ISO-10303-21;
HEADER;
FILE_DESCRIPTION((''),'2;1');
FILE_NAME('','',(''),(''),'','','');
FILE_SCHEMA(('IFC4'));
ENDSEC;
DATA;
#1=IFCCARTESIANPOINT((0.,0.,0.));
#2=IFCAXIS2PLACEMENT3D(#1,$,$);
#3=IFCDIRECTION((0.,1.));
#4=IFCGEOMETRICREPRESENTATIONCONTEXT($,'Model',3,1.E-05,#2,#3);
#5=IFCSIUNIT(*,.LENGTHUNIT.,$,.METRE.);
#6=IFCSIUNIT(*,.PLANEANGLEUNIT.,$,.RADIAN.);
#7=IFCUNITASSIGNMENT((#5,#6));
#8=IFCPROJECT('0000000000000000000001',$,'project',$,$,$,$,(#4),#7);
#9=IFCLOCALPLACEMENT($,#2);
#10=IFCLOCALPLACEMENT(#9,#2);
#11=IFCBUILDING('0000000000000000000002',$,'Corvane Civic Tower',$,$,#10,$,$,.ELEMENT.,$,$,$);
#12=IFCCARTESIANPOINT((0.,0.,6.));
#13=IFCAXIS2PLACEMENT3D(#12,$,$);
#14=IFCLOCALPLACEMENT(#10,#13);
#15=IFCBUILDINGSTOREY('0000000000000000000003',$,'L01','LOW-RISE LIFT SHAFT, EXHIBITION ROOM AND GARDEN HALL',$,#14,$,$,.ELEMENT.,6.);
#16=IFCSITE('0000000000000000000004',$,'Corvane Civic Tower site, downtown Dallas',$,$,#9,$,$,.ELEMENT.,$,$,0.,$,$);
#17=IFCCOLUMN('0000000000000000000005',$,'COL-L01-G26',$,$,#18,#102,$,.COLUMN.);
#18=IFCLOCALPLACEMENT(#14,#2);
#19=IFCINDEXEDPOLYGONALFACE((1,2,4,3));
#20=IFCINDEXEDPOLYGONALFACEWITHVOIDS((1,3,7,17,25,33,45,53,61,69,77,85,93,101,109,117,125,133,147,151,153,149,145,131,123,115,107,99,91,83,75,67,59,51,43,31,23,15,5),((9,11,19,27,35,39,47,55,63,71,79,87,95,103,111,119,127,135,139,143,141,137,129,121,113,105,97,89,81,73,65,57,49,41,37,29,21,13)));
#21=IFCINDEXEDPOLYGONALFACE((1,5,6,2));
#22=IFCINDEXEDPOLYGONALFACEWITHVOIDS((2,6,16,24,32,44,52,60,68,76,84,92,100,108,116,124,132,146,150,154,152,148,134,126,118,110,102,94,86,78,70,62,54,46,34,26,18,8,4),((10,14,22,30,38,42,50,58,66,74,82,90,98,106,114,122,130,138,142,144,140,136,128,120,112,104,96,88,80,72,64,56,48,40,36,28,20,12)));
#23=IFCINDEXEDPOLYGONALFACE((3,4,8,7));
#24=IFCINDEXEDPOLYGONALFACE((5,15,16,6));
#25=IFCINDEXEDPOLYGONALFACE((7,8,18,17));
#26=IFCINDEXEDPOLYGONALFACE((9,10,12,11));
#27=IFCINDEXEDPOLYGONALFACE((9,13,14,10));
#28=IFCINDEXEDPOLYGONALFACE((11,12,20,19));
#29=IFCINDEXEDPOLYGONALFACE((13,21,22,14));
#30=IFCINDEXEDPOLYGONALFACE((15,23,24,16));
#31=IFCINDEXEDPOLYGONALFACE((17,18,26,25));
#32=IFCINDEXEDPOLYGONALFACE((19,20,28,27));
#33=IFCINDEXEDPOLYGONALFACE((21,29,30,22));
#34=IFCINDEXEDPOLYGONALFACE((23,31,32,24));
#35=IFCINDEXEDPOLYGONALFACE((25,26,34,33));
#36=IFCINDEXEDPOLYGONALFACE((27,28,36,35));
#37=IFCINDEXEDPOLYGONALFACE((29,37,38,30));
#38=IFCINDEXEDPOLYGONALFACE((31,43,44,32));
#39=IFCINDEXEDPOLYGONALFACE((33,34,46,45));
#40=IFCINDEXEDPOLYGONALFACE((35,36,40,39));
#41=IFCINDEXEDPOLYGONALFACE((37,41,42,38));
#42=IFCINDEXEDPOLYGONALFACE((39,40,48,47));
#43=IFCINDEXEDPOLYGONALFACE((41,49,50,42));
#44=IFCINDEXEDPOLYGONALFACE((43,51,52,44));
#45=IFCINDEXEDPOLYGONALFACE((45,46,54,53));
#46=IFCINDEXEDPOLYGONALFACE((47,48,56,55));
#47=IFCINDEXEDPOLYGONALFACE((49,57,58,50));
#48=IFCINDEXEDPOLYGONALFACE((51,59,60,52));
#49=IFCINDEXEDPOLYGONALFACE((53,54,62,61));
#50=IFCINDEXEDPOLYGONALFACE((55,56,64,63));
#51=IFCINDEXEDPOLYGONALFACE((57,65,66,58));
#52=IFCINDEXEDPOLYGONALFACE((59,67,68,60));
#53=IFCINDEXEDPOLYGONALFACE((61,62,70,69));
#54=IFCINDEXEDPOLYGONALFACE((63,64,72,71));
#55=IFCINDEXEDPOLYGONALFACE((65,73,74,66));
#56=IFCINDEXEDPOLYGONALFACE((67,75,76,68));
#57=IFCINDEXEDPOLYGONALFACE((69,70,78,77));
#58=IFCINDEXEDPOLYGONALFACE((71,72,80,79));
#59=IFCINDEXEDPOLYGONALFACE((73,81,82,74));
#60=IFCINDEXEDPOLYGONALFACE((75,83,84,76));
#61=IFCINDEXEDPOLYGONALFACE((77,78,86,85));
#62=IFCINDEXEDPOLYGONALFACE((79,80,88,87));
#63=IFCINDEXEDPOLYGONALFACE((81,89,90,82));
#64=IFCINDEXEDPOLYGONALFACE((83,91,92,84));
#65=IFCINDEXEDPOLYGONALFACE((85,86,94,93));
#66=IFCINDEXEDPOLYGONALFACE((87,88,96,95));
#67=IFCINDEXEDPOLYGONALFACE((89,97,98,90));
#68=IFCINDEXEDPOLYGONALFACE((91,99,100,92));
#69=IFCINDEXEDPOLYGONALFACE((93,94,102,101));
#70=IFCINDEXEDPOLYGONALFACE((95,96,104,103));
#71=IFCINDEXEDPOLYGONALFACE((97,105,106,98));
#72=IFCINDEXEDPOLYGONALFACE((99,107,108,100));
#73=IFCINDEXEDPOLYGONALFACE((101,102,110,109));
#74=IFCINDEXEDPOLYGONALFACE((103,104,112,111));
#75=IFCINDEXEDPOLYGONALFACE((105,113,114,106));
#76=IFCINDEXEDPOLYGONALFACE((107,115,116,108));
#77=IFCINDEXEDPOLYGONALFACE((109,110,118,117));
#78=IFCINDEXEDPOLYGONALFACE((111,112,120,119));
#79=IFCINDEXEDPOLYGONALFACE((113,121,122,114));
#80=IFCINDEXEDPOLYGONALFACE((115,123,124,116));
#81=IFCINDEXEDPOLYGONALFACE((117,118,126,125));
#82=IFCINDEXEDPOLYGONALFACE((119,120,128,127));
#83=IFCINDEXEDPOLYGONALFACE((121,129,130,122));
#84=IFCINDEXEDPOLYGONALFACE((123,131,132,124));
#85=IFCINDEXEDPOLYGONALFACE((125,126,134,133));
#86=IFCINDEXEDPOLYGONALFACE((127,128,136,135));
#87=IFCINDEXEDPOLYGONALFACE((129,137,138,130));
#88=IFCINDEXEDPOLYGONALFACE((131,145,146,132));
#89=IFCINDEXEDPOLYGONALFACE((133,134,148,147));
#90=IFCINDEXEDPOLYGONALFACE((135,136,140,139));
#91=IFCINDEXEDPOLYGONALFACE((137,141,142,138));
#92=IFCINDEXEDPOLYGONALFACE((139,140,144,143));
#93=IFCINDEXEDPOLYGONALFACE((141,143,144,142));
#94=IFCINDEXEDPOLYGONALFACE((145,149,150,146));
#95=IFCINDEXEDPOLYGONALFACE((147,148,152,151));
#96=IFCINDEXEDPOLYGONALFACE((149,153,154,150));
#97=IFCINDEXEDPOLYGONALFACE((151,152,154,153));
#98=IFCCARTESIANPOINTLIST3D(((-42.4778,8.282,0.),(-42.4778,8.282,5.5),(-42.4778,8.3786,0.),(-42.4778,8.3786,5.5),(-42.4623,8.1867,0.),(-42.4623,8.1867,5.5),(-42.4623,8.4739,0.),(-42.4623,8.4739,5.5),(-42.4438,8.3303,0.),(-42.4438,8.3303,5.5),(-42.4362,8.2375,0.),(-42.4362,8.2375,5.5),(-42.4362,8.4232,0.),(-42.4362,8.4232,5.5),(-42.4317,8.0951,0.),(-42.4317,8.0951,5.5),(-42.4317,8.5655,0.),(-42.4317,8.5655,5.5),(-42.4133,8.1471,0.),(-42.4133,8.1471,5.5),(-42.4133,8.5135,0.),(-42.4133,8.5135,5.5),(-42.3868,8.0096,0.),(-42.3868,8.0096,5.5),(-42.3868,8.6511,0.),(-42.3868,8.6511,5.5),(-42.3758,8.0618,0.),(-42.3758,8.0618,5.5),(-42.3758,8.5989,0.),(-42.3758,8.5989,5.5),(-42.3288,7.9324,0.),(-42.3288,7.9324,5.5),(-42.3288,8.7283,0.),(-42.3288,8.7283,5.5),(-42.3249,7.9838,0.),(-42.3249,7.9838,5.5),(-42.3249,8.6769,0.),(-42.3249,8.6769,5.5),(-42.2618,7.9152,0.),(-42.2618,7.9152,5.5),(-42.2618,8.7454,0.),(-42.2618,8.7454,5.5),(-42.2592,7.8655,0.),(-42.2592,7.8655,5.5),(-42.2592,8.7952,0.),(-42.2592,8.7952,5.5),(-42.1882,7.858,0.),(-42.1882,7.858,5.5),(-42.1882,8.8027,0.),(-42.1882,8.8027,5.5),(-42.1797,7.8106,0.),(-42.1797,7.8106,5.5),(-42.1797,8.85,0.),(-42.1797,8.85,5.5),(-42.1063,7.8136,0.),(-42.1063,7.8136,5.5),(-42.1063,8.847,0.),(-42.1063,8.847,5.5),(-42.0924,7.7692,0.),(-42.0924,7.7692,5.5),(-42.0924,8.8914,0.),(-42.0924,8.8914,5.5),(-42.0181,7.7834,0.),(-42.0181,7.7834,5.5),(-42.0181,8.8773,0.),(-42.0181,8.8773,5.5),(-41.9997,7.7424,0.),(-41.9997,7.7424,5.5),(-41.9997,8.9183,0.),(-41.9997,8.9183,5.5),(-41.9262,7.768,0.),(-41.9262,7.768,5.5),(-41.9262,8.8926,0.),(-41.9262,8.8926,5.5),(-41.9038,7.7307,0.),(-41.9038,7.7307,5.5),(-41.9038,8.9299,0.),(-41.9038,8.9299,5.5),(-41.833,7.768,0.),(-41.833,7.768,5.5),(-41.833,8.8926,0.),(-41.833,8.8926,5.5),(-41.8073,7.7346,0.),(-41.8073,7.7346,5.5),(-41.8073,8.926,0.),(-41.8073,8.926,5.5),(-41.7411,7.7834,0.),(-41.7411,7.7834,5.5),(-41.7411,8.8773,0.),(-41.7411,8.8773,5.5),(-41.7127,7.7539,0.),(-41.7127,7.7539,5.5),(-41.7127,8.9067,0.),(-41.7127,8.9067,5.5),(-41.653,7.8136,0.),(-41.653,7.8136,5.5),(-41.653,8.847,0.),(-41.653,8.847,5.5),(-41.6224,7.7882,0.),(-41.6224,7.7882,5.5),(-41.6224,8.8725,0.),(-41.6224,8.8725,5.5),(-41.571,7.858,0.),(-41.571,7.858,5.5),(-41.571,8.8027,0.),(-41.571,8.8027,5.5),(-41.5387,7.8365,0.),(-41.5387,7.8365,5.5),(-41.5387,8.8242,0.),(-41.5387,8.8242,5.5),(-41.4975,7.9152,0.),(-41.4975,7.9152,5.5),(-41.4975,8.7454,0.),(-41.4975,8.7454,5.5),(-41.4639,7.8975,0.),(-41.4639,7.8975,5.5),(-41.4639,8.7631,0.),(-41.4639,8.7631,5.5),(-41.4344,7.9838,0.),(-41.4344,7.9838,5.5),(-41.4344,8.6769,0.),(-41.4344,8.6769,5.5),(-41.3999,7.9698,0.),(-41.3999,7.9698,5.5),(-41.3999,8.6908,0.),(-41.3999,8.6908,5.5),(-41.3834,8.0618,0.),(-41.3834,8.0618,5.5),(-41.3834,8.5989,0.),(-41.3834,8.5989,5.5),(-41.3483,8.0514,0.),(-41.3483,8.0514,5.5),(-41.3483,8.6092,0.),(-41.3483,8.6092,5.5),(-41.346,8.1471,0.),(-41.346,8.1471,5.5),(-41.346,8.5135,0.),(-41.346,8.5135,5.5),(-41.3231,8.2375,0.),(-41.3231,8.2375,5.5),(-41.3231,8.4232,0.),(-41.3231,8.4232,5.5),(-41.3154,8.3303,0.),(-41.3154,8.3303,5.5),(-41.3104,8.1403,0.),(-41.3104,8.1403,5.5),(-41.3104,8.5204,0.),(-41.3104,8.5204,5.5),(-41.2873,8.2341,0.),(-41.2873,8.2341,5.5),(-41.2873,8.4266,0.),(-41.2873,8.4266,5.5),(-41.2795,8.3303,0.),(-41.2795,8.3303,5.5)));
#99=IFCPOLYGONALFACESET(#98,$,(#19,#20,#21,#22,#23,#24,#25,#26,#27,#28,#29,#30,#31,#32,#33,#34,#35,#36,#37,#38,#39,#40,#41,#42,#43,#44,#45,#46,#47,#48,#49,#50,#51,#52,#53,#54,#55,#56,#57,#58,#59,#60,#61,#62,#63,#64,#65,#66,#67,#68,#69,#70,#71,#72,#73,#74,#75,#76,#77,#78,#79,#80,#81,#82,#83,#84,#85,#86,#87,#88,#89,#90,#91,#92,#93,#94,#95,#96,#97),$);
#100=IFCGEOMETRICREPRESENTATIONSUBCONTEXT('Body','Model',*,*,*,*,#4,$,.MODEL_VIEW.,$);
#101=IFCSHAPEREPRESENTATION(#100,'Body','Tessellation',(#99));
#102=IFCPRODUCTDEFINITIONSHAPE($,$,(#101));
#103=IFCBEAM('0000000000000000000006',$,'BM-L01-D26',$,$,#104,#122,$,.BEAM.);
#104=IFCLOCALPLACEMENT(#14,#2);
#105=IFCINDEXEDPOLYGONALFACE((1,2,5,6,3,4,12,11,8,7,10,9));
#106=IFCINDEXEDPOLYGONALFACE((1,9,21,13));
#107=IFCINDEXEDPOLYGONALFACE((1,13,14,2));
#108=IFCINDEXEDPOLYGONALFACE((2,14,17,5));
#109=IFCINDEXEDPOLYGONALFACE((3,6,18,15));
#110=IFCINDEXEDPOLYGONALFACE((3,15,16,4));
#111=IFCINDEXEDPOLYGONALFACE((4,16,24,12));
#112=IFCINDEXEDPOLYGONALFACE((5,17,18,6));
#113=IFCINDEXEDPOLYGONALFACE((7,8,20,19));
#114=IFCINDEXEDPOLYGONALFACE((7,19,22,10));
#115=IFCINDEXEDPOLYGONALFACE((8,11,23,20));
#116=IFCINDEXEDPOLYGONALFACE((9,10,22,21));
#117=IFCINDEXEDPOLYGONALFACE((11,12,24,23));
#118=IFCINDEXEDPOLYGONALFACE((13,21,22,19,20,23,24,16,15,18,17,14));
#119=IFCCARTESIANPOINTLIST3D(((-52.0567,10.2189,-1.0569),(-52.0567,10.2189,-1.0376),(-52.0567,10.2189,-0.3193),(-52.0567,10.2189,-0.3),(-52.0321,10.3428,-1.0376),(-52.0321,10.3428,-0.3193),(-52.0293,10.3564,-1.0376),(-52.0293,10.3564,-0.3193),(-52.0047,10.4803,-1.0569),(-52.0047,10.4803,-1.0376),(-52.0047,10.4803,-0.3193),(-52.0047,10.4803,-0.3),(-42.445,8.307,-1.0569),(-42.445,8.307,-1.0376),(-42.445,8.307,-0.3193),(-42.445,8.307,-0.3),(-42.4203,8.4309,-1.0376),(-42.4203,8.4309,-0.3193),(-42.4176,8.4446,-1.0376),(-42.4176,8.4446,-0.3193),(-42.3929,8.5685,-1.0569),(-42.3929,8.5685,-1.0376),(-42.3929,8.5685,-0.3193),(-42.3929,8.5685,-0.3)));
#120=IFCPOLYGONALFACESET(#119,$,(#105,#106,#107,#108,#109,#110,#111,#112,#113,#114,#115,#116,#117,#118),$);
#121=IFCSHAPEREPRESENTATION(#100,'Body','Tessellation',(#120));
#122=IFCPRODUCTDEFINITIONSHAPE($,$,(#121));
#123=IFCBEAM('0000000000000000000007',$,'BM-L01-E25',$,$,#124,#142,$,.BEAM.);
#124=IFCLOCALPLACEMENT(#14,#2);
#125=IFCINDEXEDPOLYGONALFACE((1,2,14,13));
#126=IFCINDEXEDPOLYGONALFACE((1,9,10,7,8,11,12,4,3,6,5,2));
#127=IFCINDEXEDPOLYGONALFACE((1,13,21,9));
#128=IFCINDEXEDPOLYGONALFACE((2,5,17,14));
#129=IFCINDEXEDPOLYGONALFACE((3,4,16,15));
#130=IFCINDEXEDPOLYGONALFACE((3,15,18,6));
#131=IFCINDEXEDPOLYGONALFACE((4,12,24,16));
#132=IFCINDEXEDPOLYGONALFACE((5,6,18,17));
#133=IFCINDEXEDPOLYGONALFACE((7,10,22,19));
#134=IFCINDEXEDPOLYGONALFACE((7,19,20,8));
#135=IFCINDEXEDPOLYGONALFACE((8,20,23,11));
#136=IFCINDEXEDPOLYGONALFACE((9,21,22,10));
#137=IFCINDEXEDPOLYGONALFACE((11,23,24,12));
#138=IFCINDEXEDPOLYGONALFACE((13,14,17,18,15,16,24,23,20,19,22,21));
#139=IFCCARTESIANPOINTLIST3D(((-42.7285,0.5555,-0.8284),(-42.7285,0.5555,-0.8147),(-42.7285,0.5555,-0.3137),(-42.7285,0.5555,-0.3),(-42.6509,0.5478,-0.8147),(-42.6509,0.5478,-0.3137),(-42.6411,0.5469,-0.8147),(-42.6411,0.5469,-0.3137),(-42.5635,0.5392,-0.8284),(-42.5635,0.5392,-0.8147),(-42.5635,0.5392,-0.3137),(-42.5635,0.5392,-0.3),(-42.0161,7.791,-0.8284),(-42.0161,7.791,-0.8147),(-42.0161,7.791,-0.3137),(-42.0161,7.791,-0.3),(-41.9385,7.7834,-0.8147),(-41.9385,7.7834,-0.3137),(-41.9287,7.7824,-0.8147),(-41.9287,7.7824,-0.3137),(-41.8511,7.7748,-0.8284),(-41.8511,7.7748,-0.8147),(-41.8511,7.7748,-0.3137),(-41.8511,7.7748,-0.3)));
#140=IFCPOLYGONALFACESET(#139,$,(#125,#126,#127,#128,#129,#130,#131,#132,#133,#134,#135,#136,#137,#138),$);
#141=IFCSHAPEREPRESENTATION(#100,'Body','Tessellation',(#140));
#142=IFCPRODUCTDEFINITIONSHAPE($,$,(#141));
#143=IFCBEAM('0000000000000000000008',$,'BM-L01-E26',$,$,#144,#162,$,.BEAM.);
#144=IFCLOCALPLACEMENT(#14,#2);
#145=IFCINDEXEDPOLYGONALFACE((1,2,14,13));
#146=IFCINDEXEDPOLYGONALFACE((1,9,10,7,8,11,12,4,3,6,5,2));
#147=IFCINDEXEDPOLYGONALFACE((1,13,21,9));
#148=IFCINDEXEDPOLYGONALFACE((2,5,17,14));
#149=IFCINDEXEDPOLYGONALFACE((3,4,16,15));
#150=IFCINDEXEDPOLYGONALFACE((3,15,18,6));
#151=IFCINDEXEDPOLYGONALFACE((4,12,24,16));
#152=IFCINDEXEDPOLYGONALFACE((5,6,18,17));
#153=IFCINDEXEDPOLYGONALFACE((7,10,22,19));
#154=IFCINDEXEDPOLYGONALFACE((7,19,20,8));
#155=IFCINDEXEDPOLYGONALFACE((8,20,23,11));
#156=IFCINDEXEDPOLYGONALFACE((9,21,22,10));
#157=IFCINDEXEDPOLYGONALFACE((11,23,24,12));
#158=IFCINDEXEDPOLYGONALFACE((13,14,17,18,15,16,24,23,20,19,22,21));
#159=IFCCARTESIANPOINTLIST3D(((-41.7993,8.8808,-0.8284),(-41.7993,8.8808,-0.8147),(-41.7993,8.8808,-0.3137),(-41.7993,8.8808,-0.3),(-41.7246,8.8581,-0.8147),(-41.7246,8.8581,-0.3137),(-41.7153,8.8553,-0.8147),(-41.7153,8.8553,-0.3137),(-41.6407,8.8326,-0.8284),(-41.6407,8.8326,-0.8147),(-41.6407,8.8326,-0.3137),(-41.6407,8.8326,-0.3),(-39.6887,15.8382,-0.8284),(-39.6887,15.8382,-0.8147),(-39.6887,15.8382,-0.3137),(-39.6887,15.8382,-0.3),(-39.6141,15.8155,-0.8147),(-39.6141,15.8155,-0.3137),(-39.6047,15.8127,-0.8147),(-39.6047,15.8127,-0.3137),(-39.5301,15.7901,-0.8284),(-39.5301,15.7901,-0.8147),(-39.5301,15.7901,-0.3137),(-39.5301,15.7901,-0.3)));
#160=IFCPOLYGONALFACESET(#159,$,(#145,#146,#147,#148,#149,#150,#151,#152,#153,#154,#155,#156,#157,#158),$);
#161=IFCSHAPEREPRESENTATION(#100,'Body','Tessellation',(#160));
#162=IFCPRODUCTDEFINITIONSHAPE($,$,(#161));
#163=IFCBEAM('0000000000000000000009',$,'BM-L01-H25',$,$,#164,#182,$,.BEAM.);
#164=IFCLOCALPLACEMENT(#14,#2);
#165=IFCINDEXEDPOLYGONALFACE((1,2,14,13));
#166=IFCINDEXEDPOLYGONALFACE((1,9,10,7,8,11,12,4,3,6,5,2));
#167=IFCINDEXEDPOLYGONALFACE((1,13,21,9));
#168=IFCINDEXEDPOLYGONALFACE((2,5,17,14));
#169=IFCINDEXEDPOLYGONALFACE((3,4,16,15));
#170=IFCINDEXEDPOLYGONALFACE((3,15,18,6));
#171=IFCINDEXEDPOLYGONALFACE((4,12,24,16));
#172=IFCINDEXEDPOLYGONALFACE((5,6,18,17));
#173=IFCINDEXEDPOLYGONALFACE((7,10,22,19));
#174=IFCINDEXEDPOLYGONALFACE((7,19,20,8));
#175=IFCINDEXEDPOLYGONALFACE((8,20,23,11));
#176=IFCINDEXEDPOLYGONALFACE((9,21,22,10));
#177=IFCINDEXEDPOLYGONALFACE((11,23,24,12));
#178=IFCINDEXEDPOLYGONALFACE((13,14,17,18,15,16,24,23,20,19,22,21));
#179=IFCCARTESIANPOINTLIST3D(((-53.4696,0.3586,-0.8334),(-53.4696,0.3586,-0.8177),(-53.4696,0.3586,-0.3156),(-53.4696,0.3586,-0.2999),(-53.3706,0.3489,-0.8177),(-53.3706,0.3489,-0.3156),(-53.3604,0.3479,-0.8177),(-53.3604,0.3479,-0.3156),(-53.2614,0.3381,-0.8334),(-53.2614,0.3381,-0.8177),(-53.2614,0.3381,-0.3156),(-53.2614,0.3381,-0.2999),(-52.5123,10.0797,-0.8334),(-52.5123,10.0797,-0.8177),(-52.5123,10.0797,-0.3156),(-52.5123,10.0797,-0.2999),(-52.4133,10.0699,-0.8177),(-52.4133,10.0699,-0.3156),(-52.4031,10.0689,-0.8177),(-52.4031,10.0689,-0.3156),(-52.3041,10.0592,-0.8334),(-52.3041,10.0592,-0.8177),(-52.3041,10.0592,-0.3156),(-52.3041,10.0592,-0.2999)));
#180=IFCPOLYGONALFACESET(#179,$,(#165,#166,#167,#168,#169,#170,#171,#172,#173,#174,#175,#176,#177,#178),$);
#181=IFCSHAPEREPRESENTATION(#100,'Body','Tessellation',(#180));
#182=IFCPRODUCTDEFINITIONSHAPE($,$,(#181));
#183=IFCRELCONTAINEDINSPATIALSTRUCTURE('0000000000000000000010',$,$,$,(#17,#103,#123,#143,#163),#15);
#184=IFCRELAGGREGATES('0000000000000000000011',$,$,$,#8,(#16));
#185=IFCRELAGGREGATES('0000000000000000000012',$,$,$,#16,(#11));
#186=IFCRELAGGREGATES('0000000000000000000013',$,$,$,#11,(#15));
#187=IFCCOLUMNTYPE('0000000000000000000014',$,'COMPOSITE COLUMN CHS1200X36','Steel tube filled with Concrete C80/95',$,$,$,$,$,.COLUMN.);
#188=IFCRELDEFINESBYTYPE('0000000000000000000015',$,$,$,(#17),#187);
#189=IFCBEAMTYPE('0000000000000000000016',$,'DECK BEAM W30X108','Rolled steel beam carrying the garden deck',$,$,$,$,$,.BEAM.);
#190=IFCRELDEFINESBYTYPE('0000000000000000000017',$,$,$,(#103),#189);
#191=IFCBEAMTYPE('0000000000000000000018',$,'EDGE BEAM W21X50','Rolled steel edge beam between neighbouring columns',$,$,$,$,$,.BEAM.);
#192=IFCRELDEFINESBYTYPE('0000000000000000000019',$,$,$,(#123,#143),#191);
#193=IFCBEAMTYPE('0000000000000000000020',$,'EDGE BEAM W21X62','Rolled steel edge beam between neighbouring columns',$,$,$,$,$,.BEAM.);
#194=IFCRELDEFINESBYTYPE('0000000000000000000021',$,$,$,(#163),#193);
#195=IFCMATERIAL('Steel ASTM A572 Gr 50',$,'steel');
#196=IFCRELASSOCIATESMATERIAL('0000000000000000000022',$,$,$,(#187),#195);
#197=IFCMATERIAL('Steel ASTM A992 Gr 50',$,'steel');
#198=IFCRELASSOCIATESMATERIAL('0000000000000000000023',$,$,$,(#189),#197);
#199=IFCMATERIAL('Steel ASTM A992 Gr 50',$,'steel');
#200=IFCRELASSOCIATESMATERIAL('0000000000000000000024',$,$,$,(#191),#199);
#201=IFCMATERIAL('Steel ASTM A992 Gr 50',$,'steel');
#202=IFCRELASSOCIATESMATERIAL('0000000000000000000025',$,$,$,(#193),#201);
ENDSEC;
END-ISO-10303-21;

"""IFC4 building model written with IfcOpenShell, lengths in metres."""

from ifc_helpers import new_model, si_unit, direction, frame, origin, origin_2d, place, context, subcontext, project, spatial, hollow_circle, i_section, extrude, material, material_profile, profile_set, type_object, element, save


model = new_model("IFC4")

# Units and contexts
model_context = context("Model", 3, precision=1e-05, world=origin(), true_north=direction((0.0, 1.0)))
body_context = subcontext(model_context, "Body", "Model", "MODEL_VIEW")
ifc_project = project(units=[si_unit("LENGTHUNIT", "METRE"), si_unit("PLANEANGLEUNIT", "RADIAN")], contexts=[model_context])

# Site, building, storey
site_placement = place(None, origin())
site = spatial("IfcSite", under=ifc_project, at=site_placement, Name="Corvane Civic Tower site, downtown Dallas", CompositionType="ELEMENT", RefElevation=0.0)
building_placement = place(site_placement, origin())
building = spatial("IfcBuilding", under=site, at=building_placement, Name="Corvane Civic Tower", CompositionType="ELEMENT")
storey_placement = place(building_placement, frame((0.0, 0.0, 6.0)))
storey = spatial("IfcBuildingStorey", under=building, at=storey_placement, Name="L01", Description="LOW-RISE LIFT SHAFT, EXHIBITION ROOM AND GARDEN HALL", CompositionType="ELEMENT", Elevation=6.0)

# Column
ifc_material_1 = material(Name="Steel ASTM A572 Gr 50", Category="steel")
ifc_material_profile_1 = material_profile(ifc_material_1, hollow_circle(Radius=0.6001, WallThickness=0.0359, at=origin_2d()), Name="CHS1200X36")
ifc_profile_set_1 = profile_set([ifc_material_profile_1], Name="Steel ASTM A572 Gr 50")
column_type = type_object("IfcColumnType", Name="COMPOSITE COLUMN CHS1200X36", Description="Steel tube filled with Concrete C80/95", PredefinedType="COLUMN", material=ifc_profile_set_1)
column_placement = place(storey_placement, frame((-41.8796, 8.3303, 0.0), z_axis=(0.0, 0.0, 1.0), x_axis=(1.0, 0.0, 0.0)))
element("IfcColumn", 1, at=column_placement, inside=storey, type_object=column_type, Name="COL-L01-G26", PredefinedType="COLUMN", context=body_context, shape_type="SweptSolid", body=[
    extrude(hollow_circle(Radius=0.6001, WallThickness=0.0359, at=origin_2d()), origin(), (0.0, 0.0, 1.0), 5.5),
])

# Beams
ifc_material_2 = material(Name="Steel ASTM A992 Gr 50", Category="steel")
ifc_material_profile_2 = material_profile(ifc_material_2, i_section(OverallWidth=0.2666, OverallDepth=0.7568, WebThickness=0.0139, FlangeThickness=0.0193, at=origin_2d()), Name="W30X108")
ifc_profile_set_2 = profile_set([ifc_material_profile_2], Name="Steel ASTM A992 Gr 50")
beam_type_1 = type_object("IfcBeamType", Name="DECK BEAM W30X108", Description="Rolled steel beam carrying the garden deck", PredefinedType="BEAM", material=ifc_profile_set_2)
beam_1_placement = place(storey_placement, frame((-42.4189, 8.4377, -0.6785), z_axis=(-0.980786, 0.195086, 0.0), x_axis=(-0.195086, -0.980786, 0.0)))
element("IfcBeam", 2, at=beam_1_placement, inside=storey, type_object=beam_type_1, Name="BM-L01-D26", PredefinedType="BEAM", context=body_context, shape_type="SweptSolid", body=[
    extrude(i_section(OverallWidth=0.2666, OverallDepth=0.7568, WebThickness=0.0139, FlangeThickness=0.0193, at=origin_2d()), origin(), (0.0, 0.0, 1.0), 9.8),
])
ifc_material_3 = material(Name="Steel ASTM A992 Gr 50", Category="steel")
ifc_material_profile_3 = material_profile(ifc_material_3, i_section(OverallWidth=0.1658, OverallDepth=0.5283, WebThickness=0.0098, FlangeThickness=0.0137, at=origin_2d()), Name="W21X50")
ifc_profile_set_3 = profile_set([ifc_material_profile_3], Name="Steel ASTM A992 Gr 50")
beam_type_2 = type_object("IfcBeamType", Name="EDGE BEAM W21X50", Description="Rolled steel edge beam between neighbouring columns", PredefinedType="BEAM", material=ifc_profile_set_3)
for number, where, z_axis, x_axis, name in (
    (3, (-42.646, 0.5474, -0.5642), (0.097984, 0.995188, 0.0), (-0.995188, 0.097984, 0.0), "BM-L01-E25"),
    (4, (-41.72, 8.8567, -0.5642), (0.290292, 0.956938, 0.0), (-0.956938, 0.290292, 0.0), "BM-L01-E26"),
):
    element("IfcBeam", number, at=place(storey_placement, frame(where, z_axis=z_axis, x_axis=x_axis)), inside=storey, type_object=beam_type_2, Name=name, PredefinedType="BEAM", context=body_context, shape_type="SweptSolid", body=[
        extrude(i_section(OverallWidth=0.1658, OverallDepth=0.5283, WebThickness=0.0098, FlangeThickness=0.0137, at=origin_2d()), origin(), (0.0, 0.0, 1.0), 7.2705),
    ])
ifc_material_4 = material(Name="Steel ASTM A992 Gr 50", Category="steel")
ifc_material_profile_4 = material_profile(ifc_material_4, i_section(OverallWidth=0.2092, OverallDepth=0.5334, WebThickness=0.0103, FlangeThickness=0.0156, at=origin_2d()), Name="W21X62")
ifc_profile_set_4 = profile_set([ifc_material_profile_4], Name="Steel ASTM A992 Gr 50")
beam_type_3 = type_object("IfcBeamType", Name="EDGE BEAM W21X62", Description="Rolled steel edge beam between neighbouring columns", PredefinedType="BEAM", material=ifc_profile_set_4)
beam_2_placement = place(storey_placement, frame((-53.3655, 0.3484, -0.5667), z_axis=(0.098001, 0.995186, 0.0), x_axis=(-0.995186, 0.098001, 0.0)))
element("IfcBeam", 5, at=beam_2_placement, inside=storey, type_object=beam_type_3, Name="BM-L01-H25", PredefinedType="BEAM", context=body_context, shape_type="SweptSolid", body=[
    extrude(i_section(OverallWidth=0.2092, OverallDepth=0.5334, WebThickness=0.0103, FlangeThickness=0.0156, at=origin_2d()), origin(), (0.0, 0.0, 1.0), 9.7681),
])

save(model, "model.ifc")
